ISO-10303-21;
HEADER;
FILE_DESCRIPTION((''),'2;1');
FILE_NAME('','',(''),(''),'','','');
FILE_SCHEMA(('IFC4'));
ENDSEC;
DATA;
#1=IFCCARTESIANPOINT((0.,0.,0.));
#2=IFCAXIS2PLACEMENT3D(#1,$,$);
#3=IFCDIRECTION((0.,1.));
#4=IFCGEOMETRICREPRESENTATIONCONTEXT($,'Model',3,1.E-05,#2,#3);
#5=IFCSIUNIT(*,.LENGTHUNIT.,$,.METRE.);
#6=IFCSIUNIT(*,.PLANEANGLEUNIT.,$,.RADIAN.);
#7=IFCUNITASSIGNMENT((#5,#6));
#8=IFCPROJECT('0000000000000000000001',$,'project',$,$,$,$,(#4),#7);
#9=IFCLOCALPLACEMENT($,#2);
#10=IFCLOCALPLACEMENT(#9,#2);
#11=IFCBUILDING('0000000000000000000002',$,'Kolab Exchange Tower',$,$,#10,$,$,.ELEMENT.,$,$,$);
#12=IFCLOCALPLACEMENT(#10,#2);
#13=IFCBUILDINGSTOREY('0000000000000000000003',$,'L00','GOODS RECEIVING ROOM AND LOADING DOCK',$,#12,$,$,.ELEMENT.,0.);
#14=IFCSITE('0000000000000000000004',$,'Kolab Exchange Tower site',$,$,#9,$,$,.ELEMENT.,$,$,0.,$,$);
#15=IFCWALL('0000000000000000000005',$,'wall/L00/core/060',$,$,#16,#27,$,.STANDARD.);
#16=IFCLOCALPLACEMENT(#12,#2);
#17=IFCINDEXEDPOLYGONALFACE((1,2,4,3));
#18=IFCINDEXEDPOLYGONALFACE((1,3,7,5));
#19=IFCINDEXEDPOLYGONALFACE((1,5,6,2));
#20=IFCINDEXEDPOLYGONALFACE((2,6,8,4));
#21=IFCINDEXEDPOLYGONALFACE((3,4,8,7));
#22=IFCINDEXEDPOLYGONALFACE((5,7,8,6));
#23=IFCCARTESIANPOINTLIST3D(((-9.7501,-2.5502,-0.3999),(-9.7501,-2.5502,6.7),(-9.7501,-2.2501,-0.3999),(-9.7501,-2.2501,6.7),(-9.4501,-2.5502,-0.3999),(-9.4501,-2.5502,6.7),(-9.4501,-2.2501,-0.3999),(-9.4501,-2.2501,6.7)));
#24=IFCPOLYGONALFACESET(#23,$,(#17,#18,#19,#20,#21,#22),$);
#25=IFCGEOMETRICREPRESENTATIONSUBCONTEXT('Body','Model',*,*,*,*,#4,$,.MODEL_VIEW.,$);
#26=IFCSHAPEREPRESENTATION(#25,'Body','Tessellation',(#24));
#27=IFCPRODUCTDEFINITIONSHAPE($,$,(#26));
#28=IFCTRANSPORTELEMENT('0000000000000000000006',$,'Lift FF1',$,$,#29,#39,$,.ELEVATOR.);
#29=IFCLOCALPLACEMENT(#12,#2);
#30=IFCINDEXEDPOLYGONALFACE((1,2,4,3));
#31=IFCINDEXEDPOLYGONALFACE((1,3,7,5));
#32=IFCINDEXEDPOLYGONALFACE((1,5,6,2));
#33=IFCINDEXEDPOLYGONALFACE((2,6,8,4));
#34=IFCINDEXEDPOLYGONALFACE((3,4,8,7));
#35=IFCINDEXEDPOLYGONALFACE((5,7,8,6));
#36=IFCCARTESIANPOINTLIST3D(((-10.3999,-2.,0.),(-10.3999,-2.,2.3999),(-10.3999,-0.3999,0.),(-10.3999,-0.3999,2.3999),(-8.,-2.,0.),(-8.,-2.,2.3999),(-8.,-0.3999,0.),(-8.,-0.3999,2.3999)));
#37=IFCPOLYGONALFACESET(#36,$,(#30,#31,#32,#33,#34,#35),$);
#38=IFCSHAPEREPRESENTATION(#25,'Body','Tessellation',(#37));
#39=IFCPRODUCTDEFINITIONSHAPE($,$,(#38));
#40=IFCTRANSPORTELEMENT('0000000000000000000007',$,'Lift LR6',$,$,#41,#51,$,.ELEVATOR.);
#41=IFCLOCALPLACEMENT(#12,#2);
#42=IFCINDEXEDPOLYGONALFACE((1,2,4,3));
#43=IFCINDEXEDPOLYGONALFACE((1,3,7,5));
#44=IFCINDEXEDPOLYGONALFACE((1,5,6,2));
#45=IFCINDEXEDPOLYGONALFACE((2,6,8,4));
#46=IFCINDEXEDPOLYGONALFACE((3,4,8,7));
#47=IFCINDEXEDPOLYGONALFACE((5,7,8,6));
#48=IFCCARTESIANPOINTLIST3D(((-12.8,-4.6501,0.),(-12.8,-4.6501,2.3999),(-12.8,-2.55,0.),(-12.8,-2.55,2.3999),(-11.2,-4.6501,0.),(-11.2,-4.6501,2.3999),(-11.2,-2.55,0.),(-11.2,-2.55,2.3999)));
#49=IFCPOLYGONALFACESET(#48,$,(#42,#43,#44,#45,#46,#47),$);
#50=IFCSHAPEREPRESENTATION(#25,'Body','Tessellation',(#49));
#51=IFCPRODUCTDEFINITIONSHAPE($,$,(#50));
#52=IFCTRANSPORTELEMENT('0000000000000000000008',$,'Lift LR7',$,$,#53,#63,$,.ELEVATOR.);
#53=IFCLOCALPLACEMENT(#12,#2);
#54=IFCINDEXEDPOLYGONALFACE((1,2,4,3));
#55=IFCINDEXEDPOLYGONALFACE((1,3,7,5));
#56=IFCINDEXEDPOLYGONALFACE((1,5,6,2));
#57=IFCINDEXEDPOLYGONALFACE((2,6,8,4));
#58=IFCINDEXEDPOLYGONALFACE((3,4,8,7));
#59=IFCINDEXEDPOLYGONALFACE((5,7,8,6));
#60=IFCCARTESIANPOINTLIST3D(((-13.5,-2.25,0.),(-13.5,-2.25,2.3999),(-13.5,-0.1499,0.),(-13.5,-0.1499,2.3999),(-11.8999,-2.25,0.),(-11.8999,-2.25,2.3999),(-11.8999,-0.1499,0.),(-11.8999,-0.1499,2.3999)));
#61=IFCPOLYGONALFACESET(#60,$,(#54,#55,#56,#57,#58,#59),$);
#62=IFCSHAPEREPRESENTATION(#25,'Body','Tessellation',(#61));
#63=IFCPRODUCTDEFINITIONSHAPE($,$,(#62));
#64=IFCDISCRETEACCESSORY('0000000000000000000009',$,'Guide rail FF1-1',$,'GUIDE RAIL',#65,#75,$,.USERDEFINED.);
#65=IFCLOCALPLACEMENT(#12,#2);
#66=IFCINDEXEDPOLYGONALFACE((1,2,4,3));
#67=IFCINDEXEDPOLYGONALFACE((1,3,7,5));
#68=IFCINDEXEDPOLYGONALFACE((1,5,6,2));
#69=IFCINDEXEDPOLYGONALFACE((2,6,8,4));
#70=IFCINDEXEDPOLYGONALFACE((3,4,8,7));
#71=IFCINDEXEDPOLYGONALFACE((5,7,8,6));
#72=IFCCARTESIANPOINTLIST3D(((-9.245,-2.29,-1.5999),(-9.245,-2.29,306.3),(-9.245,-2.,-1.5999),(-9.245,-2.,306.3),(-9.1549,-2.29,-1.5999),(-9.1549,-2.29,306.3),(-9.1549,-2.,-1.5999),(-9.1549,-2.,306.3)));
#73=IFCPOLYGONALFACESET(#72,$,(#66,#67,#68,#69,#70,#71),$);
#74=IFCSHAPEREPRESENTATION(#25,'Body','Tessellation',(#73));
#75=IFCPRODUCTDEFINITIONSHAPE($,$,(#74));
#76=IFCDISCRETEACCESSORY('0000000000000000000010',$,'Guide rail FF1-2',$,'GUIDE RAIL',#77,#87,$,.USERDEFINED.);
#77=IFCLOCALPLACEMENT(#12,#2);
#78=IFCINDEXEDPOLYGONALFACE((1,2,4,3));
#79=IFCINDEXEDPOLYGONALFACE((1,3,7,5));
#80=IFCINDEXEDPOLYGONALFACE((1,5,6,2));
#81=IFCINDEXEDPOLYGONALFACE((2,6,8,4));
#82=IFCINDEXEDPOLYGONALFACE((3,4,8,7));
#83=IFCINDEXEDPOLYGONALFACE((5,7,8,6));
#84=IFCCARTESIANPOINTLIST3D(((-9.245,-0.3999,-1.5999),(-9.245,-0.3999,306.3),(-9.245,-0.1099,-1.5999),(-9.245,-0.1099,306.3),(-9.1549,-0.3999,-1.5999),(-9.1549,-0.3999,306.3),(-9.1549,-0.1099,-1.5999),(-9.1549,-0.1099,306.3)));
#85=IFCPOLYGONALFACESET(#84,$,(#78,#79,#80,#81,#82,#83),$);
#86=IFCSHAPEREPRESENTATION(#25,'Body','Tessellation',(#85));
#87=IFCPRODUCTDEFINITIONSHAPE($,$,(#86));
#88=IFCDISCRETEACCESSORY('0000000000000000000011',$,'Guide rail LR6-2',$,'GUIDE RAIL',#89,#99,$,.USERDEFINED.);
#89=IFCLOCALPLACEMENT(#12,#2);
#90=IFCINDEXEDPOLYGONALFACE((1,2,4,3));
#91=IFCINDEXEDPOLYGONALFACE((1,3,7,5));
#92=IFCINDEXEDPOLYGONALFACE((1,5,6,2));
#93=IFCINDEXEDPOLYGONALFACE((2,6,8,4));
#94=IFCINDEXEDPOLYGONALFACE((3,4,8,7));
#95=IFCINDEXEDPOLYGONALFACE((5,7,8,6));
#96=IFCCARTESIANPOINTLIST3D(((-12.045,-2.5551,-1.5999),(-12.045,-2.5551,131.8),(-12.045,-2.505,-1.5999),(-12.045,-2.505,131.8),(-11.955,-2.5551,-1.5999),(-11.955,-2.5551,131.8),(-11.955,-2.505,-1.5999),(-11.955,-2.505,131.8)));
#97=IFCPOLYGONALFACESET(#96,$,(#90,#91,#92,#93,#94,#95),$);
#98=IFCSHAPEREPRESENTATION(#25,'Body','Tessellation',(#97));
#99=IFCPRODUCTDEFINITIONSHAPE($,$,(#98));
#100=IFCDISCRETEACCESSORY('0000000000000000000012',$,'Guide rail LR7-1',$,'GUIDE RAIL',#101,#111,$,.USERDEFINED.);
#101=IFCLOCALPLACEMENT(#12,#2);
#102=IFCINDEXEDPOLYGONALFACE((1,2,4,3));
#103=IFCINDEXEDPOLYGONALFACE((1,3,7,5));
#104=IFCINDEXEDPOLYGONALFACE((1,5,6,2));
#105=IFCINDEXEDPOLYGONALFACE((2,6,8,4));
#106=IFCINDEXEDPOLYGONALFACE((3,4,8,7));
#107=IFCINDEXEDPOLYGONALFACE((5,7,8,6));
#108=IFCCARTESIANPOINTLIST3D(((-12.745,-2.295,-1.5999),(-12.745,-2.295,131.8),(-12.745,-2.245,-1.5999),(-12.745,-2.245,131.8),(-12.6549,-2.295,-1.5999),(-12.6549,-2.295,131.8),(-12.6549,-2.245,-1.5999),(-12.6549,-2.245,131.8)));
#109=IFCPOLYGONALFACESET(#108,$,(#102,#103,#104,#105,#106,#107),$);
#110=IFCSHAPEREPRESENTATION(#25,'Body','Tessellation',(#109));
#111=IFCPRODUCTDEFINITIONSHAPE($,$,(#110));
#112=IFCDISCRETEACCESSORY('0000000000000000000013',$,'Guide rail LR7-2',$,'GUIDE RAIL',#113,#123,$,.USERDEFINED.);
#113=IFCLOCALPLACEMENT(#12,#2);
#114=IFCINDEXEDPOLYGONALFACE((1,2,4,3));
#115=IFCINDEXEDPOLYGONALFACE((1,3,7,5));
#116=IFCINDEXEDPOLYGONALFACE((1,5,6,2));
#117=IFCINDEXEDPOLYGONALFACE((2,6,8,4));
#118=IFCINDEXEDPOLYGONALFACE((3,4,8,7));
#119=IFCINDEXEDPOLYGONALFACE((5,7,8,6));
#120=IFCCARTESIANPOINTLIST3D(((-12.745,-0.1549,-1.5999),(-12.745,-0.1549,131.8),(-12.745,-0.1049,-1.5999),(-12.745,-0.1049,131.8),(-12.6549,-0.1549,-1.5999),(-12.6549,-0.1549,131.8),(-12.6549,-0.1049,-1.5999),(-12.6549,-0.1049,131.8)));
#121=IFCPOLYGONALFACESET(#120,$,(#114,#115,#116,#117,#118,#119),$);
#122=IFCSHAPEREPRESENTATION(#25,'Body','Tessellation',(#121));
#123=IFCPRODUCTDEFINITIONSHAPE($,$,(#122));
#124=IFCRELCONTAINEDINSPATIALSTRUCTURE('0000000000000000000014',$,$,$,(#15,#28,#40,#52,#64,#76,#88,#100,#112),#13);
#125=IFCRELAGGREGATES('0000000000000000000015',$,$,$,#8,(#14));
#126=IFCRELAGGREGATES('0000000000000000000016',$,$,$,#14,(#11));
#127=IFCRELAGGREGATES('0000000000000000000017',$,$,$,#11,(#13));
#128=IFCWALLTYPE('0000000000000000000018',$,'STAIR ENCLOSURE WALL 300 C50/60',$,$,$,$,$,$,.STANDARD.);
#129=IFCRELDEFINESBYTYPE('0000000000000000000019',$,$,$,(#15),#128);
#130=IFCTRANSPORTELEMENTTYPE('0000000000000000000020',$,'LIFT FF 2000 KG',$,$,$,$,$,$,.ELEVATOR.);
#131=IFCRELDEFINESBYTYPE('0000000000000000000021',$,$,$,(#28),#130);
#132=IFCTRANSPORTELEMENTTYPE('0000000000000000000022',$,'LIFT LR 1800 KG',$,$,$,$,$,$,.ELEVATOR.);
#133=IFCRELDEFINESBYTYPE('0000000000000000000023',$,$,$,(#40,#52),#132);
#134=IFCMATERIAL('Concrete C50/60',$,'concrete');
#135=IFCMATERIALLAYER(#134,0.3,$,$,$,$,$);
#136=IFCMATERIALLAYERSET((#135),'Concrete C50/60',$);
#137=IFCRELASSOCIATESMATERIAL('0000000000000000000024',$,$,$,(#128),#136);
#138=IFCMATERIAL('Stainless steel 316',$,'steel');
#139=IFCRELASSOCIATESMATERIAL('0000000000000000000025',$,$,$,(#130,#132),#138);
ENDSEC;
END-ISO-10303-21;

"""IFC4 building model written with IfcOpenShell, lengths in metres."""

from ifc_helpers import new_model, si_unit, direction, frame, frame_2d, origin, origin_2d, place, context, subcontext, project, spatial, rectangle, extrude, material, layer, layer_set, type_object, element, save


model = new_model("IFC4")

# Units and contexts
model_context = context("Model", 3, precision=1e-05, world=origin(), true_north=direction((0.0, 1.0)))
body_context = subcontext(model_context, "Body", "Model", "MODEL_VIEW")
ifc_project = project(units=[si_unit("LENGTHUNIT", "METRE"), si_unit("PLANEANGLEUNIT", "RADIAN")], contexts=[model_context])

# Site, building, storey
site_placement = place(None, origin())
site = spatial("IfcSite", under=ifc_project, at=site_placement, Name="Kolab Exchange Tower site", CompositionType="ELEMENT", RefElevation=0.0)
building_placement = place(site_placement, origin())
building = spatial("IfcBuilding", under=site, at=building_placement, Name="Kolab Exchange Tower", CompositionType="ELEMENT")
storey_placement = place(building_placement, origin())
storey = spatial("IfcBuildingStorey", under=building, at=storey_placement, Name="L00", Description="GOODS RECEIVING ROOM AND LOADING DOCK", CompositionType="ELEMENT", Elevation=0.0)

# Wall
ifc_material_1 = material(Name="Concrete C50/60", Category="concrete")
ifc_layer_1 = layer(ifc_material_1, 0.3)
ifc_layer_set_1 = layer_set([ifc_layer_1], Name="Concrete C50/60")
wall_type_1 = type_object("IfcWallType", Name="STAIR ENCLOSURE WALL 300 C50/60", PredefinedType="STANDARD", material=ifc_layer_set_1)
wall_1_placement = place(storey_placement, frame((-9.6001, -2.55, -0.3999), z_axis=(0.0, 0.0, 1.0), x_axis=(0.0, 1.0, 0.0)))
element("IfcWall", 1, at=wall_1_placement, inside=storey, type_object=wall_type_1, Name="wall/L00/core/060", PredefinedType="STANDARD", context=body_context, shape_type="SweptSolid", body=[
    extrude(rectangle(XDim=0.3, YDim=0.3, at=frame_2d((0.1499, 0.0))), origin(), (0.0, 0.0, 1.0), 7.0999),
])

# Transport elements
ifc_material_2 = material(Name="Stainless steel 316", Category="steel")
transport_element_type_1 = type_object("IfcTransportElementType", Name="LIFT FF 2000 KG", PredefinedType="ELEVATOR", material=ifc_material_2)
transport_element_placement = place(storey_placement, frame((-9.2, -1.2, 0.0), z_axis=(0.0, 0.0, 1.0), x_axis=(1.0, 0.0, 0.0)))
element("IfcTransportElement", 2, at=transport_element_placement, inside=storey, type_object=transport_element_type_1, Name="Lift FF1", PredefinedType="ELEVATOR", context=body_context, shape_type="SweptSolid", body=[
    extrude(rectangle(XDim=2.3999, YDim=1.6001, at=origin_2d()), origin(), (0.0, 0.0, 1.0), 2.3999),
])
transport_element_type_2 = type_object("IfcTransportElementType", Name="LIFT LR 1800 KG", PredefinedType="ELEVATOR", material=ifc_material_2)
for number, where, z_axis, x_axis, name in (
    (3, (-12.0, -3.6001, 0.0), (0.0, 0.0, 1.0), (1.0, 0.0, 0.0), "Lift LR6"),
    (4, (-12.7, -1.2, 0.0), (0.0, 0.0, 1.0), (1.0, 0.0, 0.0), "Lift LR7"),
):
    element("IfcTransportElement", number, at=place(storey_placement, frame(where, z_axis=z_axis, x_axis=x_axis)), inside=storey, type_object=transport_element_type_2, Name=name, PredefinedType="ELEVATOR", context=body_context, shape_type="SweptSolid", body=[
        extrude(rectangle(XDim=1.6001, YDim=2.1001, at=origin_2d()), origin(), (0.0, 0.0, 1.0), 2.3999),
    ])

# Discrete accessories
for number, where, z_axis, x_axis, name in (
    (5, (-9.2, -2.145, -1.5999), (0.0, 0.0, 1.0), (1.0, 0.0, 0.0), "Guide rail FF1-1"),
    (6, (-9.2, -0.2549, -1.5999), (0.0, 0.0, 1.0), (1.0, 0.0, 0.0), "Guide rail FF1-2"),
):
    element("IfcDiscreteAccessory", number, at=place(storey_placement, frame(where, z_axis=z_axis, x_axis=x_axis)), inside=storey, Name=name, ObjectType="GUIDE RAIL", PredefinedType="USERDEFINED", context=body_context, shape_type="SweptSolid", body=[
        extrude(rectangle(XDim=0.0901, YDim=0.29, at=origin_2d()), origin(), (0.0, 0.0, 1.0), 307.8999),
    ])
for number, where, z_axis, x_axis, name in (
    (7, (-12.0, -2.53, -1.5999), (0.0, 0.0, 1.0), (1.0, 0.0, 0.0), "Guide rail LR6-2"),
    (8, (-12.7, -2.27, -1.5999), (0.0, 0.0, 1.0), (1.0, 0.0, 0.0), "Guide rail LR7-1"),
    (9, (-12.7, -0.1299, -1.5999), (0.0, 0.0, 1.0), (1.0, 0.0, 0.0), "Guide rail LR7-2"),
):
    element("IfcDiscreteAccessory", number, at=place(storey_placement, frame(where, z_axis=z_axis, x_axis=x_axis)), inside=storey, Name=name, ObjectType="GUIDE RAIL", PredefinedType="USERDEFINED", context=body_context, shape_type="SweptSolid", body=[
        extrude(rectangle(XDim=0.0901, YDim=0.05, at=origin_2d()), origin(), (0.0, 0.0, 1.0), 133.3999),
    ])

save(model, "model.ifc")
